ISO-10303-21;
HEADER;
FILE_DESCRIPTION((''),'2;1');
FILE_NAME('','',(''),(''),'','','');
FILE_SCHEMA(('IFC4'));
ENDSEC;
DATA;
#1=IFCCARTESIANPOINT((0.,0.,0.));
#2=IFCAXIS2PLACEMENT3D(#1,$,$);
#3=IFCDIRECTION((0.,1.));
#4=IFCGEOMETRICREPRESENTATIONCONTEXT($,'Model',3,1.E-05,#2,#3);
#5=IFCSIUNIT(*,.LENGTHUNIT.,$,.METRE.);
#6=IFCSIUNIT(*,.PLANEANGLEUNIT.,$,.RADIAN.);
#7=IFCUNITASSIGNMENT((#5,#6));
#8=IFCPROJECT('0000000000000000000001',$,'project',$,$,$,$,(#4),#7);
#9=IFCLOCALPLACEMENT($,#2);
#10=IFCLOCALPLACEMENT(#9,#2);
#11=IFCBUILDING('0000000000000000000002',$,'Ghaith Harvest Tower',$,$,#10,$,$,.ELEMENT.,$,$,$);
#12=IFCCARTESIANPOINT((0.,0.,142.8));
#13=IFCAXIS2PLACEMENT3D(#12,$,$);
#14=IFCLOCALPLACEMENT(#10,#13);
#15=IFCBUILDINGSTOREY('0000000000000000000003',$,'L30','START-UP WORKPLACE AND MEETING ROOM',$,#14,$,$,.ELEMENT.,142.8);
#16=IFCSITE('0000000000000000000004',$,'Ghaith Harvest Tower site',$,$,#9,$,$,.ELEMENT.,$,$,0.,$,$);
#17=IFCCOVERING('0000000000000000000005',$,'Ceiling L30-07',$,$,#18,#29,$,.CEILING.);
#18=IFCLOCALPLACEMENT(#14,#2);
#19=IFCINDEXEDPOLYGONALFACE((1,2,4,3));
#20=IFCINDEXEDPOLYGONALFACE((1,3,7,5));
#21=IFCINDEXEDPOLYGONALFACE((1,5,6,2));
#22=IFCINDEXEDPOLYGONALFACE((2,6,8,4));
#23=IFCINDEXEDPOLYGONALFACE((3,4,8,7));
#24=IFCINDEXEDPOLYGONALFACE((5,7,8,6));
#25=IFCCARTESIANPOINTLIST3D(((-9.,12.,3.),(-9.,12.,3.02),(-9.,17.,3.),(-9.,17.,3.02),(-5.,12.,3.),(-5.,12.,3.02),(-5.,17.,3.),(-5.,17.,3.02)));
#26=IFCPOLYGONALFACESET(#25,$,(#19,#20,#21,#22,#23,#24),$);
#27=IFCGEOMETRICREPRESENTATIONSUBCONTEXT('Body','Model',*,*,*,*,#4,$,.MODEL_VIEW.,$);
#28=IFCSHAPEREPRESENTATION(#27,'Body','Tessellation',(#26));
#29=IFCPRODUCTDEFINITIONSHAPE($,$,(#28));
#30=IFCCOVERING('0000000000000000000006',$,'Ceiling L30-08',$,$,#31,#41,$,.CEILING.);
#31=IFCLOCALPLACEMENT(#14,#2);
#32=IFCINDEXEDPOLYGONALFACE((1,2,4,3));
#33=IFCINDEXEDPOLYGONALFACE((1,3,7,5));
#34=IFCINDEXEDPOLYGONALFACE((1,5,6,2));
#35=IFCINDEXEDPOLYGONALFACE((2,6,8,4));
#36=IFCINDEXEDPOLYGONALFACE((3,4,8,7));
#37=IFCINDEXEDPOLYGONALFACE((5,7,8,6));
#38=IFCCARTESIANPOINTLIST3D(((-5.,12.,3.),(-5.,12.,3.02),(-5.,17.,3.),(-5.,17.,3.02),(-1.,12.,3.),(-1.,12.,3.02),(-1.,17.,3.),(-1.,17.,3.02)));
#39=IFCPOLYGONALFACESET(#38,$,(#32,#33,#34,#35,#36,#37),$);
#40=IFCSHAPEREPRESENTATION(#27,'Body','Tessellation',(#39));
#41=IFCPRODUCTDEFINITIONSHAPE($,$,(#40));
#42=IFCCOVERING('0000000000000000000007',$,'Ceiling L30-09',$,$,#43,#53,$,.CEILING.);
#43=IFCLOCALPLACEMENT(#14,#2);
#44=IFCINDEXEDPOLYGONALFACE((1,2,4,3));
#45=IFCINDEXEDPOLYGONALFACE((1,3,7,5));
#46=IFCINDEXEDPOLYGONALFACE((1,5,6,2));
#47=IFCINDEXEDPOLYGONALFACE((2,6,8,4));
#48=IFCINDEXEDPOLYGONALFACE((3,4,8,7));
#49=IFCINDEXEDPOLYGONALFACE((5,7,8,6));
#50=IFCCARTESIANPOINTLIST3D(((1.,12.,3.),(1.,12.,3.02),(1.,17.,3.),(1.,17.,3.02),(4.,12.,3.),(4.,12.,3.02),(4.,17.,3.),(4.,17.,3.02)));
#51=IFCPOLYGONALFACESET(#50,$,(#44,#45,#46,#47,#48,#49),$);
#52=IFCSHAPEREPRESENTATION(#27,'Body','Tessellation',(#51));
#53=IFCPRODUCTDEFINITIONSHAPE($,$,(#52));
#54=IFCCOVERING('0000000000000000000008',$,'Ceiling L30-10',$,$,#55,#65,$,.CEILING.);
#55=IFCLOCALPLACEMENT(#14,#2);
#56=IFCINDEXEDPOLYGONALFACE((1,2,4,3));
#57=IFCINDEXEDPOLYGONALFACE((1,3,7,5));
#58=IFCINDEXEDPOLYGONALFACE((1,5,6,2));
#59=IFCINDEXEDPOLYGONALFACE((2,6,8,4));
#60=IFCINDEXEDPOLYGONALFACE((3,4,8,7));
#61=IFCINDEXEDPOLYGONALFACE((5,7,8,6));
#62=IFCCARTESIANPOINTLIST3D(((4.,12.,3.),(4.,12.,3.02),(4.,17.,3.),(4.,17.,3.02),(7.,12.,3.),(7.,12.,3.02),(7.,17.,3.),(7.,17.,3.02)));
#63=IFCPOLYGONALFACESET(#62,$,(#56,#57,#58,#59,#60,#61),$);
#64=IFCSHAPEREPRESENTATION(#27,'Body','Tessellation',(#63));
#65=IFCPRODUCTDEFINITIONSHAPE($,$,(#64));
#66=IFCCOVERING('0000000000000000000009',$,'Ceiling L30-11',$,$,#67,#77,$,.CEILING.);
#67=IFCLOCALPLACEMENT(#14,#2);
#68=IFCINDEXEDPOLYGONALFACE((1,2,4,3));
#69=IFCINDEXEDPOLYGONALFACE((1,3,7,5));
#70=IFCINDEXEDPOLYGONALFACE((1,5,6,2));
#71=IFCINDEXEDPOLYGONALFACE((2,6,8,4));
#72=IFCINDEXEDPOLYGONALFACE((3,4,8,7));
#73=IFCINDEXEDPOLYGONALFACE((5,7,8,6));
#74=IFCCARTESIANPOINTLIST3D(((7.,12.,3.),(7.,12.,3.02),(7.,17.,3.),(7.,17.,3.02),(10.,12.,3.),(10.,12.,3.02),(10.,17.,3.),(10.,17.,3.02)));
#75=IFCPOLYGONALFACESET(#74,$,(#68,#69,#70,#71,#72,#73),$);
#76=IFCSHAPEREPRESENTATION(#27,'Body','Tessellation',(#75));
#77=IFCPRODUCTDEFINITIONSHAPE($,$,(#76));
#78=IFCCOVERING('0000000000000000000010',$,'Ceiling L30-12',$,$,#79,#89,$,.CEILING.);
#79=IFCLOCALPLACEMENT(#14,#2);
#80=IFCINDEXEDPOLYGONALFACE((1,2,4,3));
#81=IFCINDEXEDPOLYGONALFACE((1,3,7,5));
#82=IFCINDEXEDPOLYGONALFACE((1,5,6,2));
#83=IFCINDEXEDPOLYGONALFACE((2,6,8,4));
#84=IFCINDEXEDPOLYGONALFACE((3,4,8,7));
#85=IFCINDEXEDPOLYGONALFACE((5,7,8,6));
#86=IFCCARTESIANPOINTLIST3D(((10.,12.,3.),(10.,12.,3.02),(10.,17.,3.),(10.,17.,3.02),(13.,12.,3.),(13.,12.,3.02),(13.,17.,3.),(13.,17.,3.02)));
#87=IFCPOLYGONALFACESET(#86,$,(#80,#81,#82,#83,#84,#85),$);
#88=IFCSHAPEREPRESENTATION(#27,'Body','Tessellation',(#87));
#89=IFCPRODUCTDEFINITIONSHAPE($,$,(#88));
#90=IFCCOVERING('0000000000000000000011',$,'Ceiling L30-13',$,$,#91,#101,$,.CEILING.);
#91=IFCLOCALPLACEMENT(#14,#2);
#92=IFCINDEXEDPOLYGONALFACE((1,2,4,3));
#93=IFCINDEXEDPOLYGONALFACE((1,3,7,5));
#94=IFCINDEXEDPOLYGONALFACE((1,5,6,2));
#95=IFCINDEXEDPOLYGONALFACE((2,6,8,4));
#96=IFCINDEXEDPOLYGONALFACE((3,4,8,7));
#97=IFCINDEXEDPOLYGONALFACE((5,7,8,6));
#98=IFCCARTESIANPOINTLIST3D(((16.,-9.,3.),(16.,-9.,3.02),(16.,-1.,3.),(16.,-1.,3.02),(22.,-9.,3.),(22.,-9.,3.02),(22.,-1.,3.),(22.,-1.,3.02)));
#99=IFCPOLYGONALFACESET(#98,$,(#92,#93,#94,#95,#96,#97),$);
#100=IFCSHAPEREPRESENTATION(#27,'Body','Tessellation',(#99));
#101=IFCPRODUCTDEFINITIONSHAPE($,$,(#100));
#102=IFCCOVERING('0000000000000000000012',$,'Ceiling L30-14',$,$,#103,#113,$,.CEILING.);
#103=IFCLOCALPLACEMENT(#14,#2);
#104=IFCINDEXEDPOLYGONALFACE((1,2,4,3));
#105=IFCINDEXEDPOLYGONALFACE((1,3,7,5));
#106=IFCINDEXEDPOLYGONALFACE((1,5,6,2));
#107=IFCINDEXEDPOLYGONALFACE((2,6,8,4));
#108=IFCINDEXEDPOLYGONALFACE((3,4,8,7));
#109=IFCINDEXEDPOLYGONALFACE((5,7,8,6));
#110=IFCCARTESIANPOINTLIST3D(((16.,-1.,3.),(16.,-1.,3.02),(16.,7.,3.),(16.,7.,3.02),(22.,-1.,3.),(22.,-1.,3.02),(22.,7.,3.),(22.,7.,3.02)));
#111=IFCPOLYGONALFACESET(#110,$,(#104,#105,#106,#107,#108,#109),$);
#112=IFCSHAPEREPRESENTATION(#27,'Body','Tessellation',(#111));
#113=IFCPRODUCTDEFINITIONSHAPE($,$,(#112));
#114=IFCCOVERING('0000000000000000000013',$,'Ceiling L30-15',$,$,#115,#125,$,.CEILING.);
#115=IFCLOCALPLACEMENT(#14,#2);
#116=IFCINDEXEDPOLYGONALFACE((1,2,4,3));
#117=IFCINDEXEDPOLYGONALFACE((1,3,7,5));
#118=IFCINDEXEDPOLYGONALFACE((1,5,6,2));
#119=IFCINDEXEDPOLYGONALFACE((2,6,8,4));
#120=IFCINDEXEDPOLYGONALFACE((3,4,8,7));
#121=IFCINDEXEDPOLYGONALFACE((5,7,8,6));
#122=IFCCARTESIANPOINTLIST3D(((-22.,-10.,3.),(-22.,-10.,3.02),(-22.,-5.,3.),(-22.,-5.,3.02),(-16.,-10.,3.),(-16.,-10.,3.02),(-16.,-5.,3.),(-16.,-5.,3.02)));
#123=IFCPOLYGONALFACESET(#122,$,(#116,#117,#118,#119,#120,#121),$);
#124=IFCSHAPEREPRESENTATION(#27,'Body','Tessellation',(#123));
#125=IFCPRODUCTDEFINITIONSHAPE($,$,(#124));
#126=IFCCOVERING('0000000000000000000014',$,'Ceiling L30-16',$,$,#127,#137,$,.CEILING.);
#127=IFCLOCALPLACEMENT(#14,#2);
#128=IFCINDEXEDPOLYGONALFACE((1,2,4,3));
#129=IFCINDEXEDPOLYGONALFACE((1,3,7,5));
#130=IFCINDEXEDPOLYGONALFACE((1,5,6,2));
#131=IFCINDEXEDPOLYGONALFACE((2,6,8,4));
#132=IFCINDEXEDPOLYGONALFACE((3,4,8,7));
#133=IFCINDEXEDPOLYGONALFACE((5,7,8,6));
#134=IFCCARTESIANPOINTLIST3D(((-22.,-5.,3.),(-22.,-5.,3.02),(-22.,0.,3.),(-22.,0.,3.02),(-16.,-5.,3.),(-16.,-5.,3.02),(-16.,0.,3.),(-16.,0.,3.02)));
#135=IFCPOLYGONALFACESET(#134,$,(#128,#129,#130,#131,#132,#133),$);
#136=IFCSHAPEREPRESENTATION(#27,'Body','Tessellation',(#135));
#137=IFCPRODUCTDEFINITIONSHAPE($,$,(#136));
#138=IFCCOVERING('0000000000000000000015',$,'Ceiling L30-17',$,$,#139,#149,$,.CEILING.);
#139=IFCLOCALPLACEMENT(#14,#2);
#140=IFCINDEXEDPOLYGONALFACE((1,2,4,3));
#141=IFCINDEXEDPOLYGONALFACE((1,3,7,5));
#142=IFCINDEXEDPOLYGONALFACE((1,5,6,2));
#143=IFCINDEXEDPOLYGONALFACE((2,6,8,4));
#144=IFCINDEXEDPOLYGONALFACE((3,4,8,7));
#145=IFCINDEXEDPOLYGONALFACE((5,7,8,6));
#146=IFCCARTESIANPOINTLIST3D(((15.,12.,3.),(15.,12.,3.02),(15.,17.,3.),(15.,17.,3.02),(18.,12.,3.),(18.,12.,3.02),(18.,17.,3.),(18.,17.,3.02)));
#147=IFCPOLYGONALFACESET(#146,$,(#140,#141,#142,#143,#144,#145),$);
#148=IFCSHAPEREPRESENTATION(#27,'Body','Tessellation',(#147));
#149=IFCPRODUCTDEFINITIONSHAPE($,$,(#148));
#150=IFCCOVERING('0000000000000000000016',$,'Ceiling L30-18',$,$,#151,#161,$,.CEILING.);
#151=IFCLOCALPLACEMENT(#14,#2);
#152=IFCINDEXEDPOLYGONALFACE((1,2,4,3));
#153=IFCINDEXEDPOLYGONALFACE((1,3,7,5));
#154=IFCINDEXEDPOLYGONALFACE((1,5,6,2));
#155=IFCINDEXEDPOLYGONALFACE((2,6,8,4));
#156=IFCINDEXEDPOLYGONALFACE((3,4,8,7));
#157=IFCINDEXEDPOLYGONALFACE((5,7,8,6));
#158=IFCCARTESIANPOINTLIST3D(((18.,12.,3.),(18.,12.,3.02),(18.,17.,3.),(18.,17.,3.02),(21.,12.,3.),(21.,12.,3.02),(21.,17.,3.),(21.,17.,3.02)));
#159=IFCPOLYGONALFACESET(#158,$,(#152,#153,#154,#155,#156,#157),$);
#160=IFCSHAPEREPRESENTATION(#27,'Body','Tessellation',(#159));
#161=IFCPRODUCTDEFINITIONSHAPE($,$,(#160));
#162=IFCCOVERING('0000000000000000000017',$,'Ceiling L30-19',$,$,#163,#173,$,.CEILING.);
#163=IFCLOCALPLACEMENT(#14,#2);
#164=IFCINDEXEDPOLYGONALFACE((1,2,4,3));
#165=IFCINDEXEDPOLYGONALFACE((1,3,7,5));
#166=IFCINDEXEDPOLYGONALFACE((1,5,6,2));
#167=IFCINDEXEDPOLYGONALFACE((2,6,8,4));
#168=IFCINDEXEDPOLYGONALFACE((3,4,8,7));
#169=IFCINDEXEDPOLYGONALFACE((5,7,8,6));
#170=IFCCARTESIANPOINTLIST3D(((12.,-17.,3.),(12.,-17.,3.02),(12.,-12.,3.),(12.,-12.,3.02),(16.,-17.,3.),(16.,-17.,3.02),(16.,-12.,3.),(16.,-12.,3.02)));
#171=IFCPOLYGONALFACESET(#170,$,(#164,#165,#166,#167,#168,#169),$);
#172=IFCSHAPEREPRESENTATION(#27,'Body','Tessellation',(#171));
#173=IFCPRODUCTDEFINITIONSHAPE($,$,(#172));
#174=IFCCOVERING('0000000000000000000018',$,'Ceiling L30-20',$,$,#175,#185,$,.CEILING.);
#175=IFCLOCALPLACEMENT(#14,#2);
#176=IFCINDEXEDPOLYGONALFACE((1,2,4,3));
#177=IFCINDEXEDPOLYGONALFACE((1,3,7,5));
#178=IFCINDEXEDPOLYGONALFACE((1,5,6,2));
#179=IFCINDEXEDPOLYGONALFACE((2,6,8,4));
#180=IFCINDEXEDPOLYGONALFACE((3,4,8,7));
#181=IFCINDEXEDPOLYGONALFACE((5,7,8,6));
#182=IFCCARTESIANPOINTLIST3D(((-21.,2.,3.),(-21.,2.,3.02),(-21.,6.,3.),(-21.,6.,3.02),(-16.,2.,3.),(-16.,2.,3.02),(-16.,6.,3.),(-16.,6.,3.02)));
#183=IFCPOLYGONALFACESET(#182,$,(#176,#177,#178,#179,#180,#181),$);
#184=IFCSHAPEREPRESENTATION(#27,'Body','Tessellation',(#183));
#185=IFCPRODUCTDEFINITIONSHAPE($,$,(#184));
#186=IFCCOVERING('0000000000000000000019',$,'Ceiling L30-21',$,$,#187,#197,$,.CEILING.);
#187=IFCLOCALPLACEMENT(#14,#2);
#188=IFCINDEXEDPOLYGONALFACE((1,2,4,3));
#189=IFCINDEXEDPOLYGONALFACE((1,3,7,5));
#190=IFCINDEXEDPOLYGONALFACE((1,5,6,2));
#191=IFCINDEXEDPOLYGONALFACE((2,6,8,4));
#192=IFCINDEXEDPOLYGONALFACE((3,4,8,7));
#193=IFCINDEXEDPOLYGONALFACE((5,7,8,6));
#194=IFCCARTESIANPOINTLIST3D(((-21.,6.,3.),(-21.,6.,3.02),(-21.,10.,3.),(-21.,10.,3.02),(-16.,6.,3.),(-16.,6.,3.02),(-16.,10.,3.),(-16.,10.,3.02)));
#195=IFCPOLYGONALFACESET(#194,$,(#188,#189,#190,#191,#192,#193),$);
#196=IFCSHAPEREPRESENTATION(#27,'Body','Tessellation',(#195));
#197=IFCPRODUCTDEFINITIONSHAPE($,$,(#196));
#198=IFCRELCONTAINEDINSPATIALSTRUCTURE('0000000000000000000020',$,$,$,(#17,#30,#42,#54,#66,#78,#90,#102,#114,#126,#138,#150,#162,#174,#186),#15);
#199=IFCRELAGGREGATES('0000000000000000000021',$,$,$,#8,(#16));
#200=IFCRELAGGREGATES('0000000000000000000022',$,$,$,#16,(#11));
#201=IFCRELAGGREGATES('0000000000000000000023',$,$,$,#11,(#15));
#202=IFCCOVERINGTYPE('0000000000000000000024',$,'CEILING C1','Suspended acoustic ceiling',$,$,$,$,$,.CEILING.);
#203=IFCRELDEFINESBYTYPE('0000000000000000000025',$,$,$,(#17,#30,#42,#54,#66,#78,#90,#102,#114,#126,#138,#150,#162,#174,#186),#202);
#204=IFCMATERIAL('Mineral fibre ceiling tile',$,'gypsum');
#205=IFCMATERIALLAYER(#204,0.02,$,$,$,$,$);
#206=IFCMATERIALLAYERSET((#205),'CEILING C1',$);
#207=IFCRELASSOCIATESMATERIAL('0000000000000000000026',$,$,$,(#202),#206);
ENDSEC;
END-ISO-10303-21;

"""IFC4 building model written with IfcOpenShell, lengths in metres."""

from ifc_helpers import new_model, si_unit, direction, frame, origin, place, context, subcontext, project, spatial, polyline, outline, extrude, material, layer, layer_set, type_object, element, save


model = new_model("IFC4")

# Units and contexts
model_context = context("Model", 3, precision=1e-05, world=origin(), true_north=direction((0.0, 1.0)))
body_context = subcontext(model_context, "Body", "Model", "MODEL_VIEW")
ifc_project = project(units=[si_unit("LENGTHUNIT", "METRE"), si_unit("PLANEANGLEUNIT", "RADIAN")], contexts=[model_context])

# Site, building, storey
site_placement = place(None, origin())
site = spatial("IfcSite", under=ifc_project, at=site_placement, Name="Ghaith Harvest Tower site", CompositionType="ELEMENT", RefElevation=0.0)
building_placement = place(site_placement, origin())
building = spatial("IfcBuilding", under=site, at=building_placement, Name="Ghaith Harvest Tower", CompositionType="ELEMENT")
storey_placement = place(building_placement, frame((0.0, 0.0, 142.8)))
storey = spatial("IfcBuildingStorey", under=building, at=storey_placement, Name="L30", Description="START-UP WORKPLACE AND MEETING ROOM", CompositionType="ELEMENT", Elevation=142.8)

# Coverings
ifc_material_1 = material(Name="Mineral fibre ceiling tile", Category="gypsum")
ifc_layer_1 = layer(ifc_material_1, 0.02)
ifc_layer_set_1 = layer_set([ifc_layer_1], Name="CEILING C1")
covering_type = type_object("IfcCoveringType", Name="CEILING C1", Description="Suspended acoustic ceiling", PredefinedType="CEILING", material=ifc_layer_set_1)
covering_1_placement = place(storey_placement, frame((0.0, 0.0, 3.0)))
element("IfcCovering", 1, at=covering_1_placement, inside=storey, type_object=covering_type, Name="Ceiling L30-07", PredefinedType="CEILING", context=body_context, shape_type="SweptSolid", body=[
    extrude(outline(polyline([(-9.0, 12.0), (-5.0, 12.0), (-5.0, 17.0), (-9.0, 17.0), (-9.0, 12.0)])), origin(), (0.0, 0.0, 1.0), 0.02),
])
covering_2_placement = place(storey_placement, frame((0.0, 0.0, 3.0)))
element("IfcCovering", 2, at=covering_2_placement, inside=storey, type_object=covering_type, Name="Ceiling L30-08", PredefinedType="CEILING", context=body_context, shape_type="SweptSolid", body=[
    extrude(outline(polyline([(-5.0, 12.0), (-1.0, 12.0), (-1.0, 17.0), (-5.0, 17.0), (-5.0, 12.0)])), origin(), (0.0, 0.0, 1.0), 0.02),
])
covering_3_placement = place(storey_placement, frame((0.0, 0.0, 3.0)))
element("IfcCovering", 3, at=covering_3_placement, inside=storey, type_object=covering_type, Name="Ceiling L30-09", PredefinedType="CEILING", context=body_context, shape_type="SweptSolid", body=[
    extrude(outline(polyline([(1.0, 12.0), (4.0, 12.0), (4.0, 17.0), (1.0, 17.0), (1.0, 12.0)])), origin(), (0.0, 0.0, 1.0), 0.02),
])
covering_4_placement = place(storey_placement, frame((0.0, 0.0, 3.0)))
element("IfcCovering", 4, at=covering_4_placement, inside=storey, type_object=covering_type, Name="Ceiling L30-10", PredefinedType="CEILING", context=body_context, shape_type="SweptSolid", body=[
    extrude(outline(polyline([(4.0, 12.0), (7.0, 12.0), (7.0, 17.0), (4.0, 17.0), (4.0, 12.0)])), origin(), (0.0, 0.0, 1.0), 0.02),
])
covering_5_placement = place(storey_placement, frame((0.0, 0.0, 3.0)))
element("IfcCovering", 5, at=covering_5_placement, inside=storey, type_object=covering_type, Name="Ceiling L30-11", PredefinedType="CEILING", context=body_context, shape_type="SweptSolid", body=[
    extrude(outline(polyline([(7.0, 12.0), (10.0, 12.0), (10.0, 17.0), (7.0, 17.0), (7.0, 12.0)])), origin(), (0.0, 0.0, 1.0), 0.02),
])
covering_6_placement = place(storey_placement, frame((0.0, 0.0, 3.0)))
element("IfcCovering", 6, at=covering_6_placement, inside=storey, type_object=covering_type, Name="Ceiling L30-12", PredefinedType="CEILING", context=body_context, shape_type="SweptSolid", body=[
    extrude(outline(polyline([(10.0, 12.0), (13.0, 12.0), (13.0, 17.0), (10.0, 17.0), (10.0, 12.0)])), origin(), (0.0, 0.0, 1.0), 0.02),
])
covering_7_placement = place(storey_placement, frame((0.0, 0.0, 3.0)))
element("IfcCovering", 7, at=covering_7_placement, inside=storey, type_object=covering_type, Name="Ceiling L30-13", PredefinedType="CEILING", context=body_context, shape_type="SweptSolid", body=[
    extrude(outline(polyline([(16.0, -9.0), (22.0, -9.0), (22.0, -1.0), (16.0, -1.0), (16.0, -9.0)])), origin(), (0.0, 0.0, 1.0), 0.02),
])
covering_8_placement = place(storey_placement, frame((0.0, 0.0, 3.0)))
element("IfcCovering", 8, at=covering_8_placement, inside=storey, type_object=covering_type, Name="Ceiling L30-14", PredefinedType="CEILING", context=body_context, shape_type="SweptSolid", body=[
    extrude(outline(polyline([(16.0, -1.0), (22.0, -1.0), (22.0, 7.0), (16.0, 7.0), (16.0, -1.0)])), origin(), (0.0, 0.0, 1.0), 0.02),
])
covering_9_placement = place(storey_placement, frame((0.0, 0.0, 3.0)))
element("IfcCovering", 9, at=covering_9_placement, inside=storey, type_object=covering_type, Name="Ceiling L30-15", PredefinedType="CEILING", context=body_context, shape_type="SweptSolid", body=[
    extrude(outline(polyline([(-22.0, -10.0), (-16.0, -10.0), (-16.0, -5.0), (-22.0, -5.0), (-22.0, -10.0)])), origin(), (0.0, 0.0, 1.0), 0.02),
])
covering_10_placement = place(storey_placement, frame((0.0, 0.0, 3.0)))
element("IfcCovering", 10, at=covering_10_placement, inside=storey, type_object=covering_type, Name="Ceiling L30-16", PredefinedType="CEILING", context=body_context, shape_type="SweptSolid", body=[
    extrude(outline(polyline([(-22.0, -5.0), (-16.0, -5.0), (-16.0, 0.0), (-22.0, 0.0), (-22.0, -5.0)])), origin(), (0.0, 0.0, 1.0), 0.02),
])
covering_11_placement = place(storey_placement, frame((0.0, 0.0, 3.0)))
element("IfcCovering", 11, at=covering_11_placement, inside=storey, type_object=covering_type, Name="Ceiling L30-17", PredefinedType="CEILING", context=body_context, shape_type="SweptSolid", body=[
    extrude(outline(polyline([(15.0, 12.0), (18.0, 12.0), (18.0, 17.0), (15.0, 17.0), (15.0, 12.0)])), origin(), (0.0, 0.0, 1.0), 0.02),
])
covering_12_placement = place(storey_placement, frame((0.0, 0.0, 3.0)))
element("IfcCovering", 12, at=covering_12_placement, inside=storey, type_object=covering_type, Name="Ceiling L30-18", PredefinedType="CEILING", context=body_context, shape_type="SweptSolid", body=[
    extrude(outline(polyline([(18.0, 12.0), (21.0, 12.0), (21.0, 17.0), (18.0, 17.0), (18.0, 12.0)])), origin(), (0.0, 0.0, 1.0), 0.02),
])
covering_13_placement = place(storey_placement, frame((0.0, 0.0, 3.0)))
element("IfcCovering", 13, at=covering_13_placement, inside=storey, type_object=covering_type, Name="Ceiling L30-19", PredefinedType="CEILING", context=body_context, shape_type="SweptSolid", body=[
    extrude(outline(polyline([(12.0, -17.0), (16.0, -17.0), (16.0, -12.0), (12.0, -12.0), (12.0, -17.0)])), origin(), (0.0, 0.0, 1.0), 0.02),
])
covering_14_placement = place(storey_placement, frame((0.0, 0.0, 3.0)))
element("IfcCovering", 14, at=covering_14_placement, inside=storey, type_object=covering_type, Name="Ceiling L30-20", PredefinedType="CEILING", context=body_context, shape_type="SweptSolid", body=[
    extrude(outline(polyline([(-21.0, 2.0), (-16.0, 2.0), (-16.0, 6.0), (-21.0, 6.0), (-21.0, 2.0)])), origin(), (0.0, 0.0, 1.0), 0.02),
])
covering_15_placement = place(storey_placement, frame((0.0, 0.0, 3.0)))
element("IfcCovering", 15, at=covering_15_placement, inside=storey, type_object=covering_type, Name="Ceiling L30-21", PredefinedType="CEILING", context=body_context, shape_type="SweptSolid", body=[
    extrude(outline(polyline([(-21.0, 6.0), (-16.0, 6.0), (-16.0, 10.0), (-21.0, 10.0), (-21.0, 6.0)])), origin(), (0.0, 0.0, 1.0), 0.02),
])

save(model, "model.ifc")
